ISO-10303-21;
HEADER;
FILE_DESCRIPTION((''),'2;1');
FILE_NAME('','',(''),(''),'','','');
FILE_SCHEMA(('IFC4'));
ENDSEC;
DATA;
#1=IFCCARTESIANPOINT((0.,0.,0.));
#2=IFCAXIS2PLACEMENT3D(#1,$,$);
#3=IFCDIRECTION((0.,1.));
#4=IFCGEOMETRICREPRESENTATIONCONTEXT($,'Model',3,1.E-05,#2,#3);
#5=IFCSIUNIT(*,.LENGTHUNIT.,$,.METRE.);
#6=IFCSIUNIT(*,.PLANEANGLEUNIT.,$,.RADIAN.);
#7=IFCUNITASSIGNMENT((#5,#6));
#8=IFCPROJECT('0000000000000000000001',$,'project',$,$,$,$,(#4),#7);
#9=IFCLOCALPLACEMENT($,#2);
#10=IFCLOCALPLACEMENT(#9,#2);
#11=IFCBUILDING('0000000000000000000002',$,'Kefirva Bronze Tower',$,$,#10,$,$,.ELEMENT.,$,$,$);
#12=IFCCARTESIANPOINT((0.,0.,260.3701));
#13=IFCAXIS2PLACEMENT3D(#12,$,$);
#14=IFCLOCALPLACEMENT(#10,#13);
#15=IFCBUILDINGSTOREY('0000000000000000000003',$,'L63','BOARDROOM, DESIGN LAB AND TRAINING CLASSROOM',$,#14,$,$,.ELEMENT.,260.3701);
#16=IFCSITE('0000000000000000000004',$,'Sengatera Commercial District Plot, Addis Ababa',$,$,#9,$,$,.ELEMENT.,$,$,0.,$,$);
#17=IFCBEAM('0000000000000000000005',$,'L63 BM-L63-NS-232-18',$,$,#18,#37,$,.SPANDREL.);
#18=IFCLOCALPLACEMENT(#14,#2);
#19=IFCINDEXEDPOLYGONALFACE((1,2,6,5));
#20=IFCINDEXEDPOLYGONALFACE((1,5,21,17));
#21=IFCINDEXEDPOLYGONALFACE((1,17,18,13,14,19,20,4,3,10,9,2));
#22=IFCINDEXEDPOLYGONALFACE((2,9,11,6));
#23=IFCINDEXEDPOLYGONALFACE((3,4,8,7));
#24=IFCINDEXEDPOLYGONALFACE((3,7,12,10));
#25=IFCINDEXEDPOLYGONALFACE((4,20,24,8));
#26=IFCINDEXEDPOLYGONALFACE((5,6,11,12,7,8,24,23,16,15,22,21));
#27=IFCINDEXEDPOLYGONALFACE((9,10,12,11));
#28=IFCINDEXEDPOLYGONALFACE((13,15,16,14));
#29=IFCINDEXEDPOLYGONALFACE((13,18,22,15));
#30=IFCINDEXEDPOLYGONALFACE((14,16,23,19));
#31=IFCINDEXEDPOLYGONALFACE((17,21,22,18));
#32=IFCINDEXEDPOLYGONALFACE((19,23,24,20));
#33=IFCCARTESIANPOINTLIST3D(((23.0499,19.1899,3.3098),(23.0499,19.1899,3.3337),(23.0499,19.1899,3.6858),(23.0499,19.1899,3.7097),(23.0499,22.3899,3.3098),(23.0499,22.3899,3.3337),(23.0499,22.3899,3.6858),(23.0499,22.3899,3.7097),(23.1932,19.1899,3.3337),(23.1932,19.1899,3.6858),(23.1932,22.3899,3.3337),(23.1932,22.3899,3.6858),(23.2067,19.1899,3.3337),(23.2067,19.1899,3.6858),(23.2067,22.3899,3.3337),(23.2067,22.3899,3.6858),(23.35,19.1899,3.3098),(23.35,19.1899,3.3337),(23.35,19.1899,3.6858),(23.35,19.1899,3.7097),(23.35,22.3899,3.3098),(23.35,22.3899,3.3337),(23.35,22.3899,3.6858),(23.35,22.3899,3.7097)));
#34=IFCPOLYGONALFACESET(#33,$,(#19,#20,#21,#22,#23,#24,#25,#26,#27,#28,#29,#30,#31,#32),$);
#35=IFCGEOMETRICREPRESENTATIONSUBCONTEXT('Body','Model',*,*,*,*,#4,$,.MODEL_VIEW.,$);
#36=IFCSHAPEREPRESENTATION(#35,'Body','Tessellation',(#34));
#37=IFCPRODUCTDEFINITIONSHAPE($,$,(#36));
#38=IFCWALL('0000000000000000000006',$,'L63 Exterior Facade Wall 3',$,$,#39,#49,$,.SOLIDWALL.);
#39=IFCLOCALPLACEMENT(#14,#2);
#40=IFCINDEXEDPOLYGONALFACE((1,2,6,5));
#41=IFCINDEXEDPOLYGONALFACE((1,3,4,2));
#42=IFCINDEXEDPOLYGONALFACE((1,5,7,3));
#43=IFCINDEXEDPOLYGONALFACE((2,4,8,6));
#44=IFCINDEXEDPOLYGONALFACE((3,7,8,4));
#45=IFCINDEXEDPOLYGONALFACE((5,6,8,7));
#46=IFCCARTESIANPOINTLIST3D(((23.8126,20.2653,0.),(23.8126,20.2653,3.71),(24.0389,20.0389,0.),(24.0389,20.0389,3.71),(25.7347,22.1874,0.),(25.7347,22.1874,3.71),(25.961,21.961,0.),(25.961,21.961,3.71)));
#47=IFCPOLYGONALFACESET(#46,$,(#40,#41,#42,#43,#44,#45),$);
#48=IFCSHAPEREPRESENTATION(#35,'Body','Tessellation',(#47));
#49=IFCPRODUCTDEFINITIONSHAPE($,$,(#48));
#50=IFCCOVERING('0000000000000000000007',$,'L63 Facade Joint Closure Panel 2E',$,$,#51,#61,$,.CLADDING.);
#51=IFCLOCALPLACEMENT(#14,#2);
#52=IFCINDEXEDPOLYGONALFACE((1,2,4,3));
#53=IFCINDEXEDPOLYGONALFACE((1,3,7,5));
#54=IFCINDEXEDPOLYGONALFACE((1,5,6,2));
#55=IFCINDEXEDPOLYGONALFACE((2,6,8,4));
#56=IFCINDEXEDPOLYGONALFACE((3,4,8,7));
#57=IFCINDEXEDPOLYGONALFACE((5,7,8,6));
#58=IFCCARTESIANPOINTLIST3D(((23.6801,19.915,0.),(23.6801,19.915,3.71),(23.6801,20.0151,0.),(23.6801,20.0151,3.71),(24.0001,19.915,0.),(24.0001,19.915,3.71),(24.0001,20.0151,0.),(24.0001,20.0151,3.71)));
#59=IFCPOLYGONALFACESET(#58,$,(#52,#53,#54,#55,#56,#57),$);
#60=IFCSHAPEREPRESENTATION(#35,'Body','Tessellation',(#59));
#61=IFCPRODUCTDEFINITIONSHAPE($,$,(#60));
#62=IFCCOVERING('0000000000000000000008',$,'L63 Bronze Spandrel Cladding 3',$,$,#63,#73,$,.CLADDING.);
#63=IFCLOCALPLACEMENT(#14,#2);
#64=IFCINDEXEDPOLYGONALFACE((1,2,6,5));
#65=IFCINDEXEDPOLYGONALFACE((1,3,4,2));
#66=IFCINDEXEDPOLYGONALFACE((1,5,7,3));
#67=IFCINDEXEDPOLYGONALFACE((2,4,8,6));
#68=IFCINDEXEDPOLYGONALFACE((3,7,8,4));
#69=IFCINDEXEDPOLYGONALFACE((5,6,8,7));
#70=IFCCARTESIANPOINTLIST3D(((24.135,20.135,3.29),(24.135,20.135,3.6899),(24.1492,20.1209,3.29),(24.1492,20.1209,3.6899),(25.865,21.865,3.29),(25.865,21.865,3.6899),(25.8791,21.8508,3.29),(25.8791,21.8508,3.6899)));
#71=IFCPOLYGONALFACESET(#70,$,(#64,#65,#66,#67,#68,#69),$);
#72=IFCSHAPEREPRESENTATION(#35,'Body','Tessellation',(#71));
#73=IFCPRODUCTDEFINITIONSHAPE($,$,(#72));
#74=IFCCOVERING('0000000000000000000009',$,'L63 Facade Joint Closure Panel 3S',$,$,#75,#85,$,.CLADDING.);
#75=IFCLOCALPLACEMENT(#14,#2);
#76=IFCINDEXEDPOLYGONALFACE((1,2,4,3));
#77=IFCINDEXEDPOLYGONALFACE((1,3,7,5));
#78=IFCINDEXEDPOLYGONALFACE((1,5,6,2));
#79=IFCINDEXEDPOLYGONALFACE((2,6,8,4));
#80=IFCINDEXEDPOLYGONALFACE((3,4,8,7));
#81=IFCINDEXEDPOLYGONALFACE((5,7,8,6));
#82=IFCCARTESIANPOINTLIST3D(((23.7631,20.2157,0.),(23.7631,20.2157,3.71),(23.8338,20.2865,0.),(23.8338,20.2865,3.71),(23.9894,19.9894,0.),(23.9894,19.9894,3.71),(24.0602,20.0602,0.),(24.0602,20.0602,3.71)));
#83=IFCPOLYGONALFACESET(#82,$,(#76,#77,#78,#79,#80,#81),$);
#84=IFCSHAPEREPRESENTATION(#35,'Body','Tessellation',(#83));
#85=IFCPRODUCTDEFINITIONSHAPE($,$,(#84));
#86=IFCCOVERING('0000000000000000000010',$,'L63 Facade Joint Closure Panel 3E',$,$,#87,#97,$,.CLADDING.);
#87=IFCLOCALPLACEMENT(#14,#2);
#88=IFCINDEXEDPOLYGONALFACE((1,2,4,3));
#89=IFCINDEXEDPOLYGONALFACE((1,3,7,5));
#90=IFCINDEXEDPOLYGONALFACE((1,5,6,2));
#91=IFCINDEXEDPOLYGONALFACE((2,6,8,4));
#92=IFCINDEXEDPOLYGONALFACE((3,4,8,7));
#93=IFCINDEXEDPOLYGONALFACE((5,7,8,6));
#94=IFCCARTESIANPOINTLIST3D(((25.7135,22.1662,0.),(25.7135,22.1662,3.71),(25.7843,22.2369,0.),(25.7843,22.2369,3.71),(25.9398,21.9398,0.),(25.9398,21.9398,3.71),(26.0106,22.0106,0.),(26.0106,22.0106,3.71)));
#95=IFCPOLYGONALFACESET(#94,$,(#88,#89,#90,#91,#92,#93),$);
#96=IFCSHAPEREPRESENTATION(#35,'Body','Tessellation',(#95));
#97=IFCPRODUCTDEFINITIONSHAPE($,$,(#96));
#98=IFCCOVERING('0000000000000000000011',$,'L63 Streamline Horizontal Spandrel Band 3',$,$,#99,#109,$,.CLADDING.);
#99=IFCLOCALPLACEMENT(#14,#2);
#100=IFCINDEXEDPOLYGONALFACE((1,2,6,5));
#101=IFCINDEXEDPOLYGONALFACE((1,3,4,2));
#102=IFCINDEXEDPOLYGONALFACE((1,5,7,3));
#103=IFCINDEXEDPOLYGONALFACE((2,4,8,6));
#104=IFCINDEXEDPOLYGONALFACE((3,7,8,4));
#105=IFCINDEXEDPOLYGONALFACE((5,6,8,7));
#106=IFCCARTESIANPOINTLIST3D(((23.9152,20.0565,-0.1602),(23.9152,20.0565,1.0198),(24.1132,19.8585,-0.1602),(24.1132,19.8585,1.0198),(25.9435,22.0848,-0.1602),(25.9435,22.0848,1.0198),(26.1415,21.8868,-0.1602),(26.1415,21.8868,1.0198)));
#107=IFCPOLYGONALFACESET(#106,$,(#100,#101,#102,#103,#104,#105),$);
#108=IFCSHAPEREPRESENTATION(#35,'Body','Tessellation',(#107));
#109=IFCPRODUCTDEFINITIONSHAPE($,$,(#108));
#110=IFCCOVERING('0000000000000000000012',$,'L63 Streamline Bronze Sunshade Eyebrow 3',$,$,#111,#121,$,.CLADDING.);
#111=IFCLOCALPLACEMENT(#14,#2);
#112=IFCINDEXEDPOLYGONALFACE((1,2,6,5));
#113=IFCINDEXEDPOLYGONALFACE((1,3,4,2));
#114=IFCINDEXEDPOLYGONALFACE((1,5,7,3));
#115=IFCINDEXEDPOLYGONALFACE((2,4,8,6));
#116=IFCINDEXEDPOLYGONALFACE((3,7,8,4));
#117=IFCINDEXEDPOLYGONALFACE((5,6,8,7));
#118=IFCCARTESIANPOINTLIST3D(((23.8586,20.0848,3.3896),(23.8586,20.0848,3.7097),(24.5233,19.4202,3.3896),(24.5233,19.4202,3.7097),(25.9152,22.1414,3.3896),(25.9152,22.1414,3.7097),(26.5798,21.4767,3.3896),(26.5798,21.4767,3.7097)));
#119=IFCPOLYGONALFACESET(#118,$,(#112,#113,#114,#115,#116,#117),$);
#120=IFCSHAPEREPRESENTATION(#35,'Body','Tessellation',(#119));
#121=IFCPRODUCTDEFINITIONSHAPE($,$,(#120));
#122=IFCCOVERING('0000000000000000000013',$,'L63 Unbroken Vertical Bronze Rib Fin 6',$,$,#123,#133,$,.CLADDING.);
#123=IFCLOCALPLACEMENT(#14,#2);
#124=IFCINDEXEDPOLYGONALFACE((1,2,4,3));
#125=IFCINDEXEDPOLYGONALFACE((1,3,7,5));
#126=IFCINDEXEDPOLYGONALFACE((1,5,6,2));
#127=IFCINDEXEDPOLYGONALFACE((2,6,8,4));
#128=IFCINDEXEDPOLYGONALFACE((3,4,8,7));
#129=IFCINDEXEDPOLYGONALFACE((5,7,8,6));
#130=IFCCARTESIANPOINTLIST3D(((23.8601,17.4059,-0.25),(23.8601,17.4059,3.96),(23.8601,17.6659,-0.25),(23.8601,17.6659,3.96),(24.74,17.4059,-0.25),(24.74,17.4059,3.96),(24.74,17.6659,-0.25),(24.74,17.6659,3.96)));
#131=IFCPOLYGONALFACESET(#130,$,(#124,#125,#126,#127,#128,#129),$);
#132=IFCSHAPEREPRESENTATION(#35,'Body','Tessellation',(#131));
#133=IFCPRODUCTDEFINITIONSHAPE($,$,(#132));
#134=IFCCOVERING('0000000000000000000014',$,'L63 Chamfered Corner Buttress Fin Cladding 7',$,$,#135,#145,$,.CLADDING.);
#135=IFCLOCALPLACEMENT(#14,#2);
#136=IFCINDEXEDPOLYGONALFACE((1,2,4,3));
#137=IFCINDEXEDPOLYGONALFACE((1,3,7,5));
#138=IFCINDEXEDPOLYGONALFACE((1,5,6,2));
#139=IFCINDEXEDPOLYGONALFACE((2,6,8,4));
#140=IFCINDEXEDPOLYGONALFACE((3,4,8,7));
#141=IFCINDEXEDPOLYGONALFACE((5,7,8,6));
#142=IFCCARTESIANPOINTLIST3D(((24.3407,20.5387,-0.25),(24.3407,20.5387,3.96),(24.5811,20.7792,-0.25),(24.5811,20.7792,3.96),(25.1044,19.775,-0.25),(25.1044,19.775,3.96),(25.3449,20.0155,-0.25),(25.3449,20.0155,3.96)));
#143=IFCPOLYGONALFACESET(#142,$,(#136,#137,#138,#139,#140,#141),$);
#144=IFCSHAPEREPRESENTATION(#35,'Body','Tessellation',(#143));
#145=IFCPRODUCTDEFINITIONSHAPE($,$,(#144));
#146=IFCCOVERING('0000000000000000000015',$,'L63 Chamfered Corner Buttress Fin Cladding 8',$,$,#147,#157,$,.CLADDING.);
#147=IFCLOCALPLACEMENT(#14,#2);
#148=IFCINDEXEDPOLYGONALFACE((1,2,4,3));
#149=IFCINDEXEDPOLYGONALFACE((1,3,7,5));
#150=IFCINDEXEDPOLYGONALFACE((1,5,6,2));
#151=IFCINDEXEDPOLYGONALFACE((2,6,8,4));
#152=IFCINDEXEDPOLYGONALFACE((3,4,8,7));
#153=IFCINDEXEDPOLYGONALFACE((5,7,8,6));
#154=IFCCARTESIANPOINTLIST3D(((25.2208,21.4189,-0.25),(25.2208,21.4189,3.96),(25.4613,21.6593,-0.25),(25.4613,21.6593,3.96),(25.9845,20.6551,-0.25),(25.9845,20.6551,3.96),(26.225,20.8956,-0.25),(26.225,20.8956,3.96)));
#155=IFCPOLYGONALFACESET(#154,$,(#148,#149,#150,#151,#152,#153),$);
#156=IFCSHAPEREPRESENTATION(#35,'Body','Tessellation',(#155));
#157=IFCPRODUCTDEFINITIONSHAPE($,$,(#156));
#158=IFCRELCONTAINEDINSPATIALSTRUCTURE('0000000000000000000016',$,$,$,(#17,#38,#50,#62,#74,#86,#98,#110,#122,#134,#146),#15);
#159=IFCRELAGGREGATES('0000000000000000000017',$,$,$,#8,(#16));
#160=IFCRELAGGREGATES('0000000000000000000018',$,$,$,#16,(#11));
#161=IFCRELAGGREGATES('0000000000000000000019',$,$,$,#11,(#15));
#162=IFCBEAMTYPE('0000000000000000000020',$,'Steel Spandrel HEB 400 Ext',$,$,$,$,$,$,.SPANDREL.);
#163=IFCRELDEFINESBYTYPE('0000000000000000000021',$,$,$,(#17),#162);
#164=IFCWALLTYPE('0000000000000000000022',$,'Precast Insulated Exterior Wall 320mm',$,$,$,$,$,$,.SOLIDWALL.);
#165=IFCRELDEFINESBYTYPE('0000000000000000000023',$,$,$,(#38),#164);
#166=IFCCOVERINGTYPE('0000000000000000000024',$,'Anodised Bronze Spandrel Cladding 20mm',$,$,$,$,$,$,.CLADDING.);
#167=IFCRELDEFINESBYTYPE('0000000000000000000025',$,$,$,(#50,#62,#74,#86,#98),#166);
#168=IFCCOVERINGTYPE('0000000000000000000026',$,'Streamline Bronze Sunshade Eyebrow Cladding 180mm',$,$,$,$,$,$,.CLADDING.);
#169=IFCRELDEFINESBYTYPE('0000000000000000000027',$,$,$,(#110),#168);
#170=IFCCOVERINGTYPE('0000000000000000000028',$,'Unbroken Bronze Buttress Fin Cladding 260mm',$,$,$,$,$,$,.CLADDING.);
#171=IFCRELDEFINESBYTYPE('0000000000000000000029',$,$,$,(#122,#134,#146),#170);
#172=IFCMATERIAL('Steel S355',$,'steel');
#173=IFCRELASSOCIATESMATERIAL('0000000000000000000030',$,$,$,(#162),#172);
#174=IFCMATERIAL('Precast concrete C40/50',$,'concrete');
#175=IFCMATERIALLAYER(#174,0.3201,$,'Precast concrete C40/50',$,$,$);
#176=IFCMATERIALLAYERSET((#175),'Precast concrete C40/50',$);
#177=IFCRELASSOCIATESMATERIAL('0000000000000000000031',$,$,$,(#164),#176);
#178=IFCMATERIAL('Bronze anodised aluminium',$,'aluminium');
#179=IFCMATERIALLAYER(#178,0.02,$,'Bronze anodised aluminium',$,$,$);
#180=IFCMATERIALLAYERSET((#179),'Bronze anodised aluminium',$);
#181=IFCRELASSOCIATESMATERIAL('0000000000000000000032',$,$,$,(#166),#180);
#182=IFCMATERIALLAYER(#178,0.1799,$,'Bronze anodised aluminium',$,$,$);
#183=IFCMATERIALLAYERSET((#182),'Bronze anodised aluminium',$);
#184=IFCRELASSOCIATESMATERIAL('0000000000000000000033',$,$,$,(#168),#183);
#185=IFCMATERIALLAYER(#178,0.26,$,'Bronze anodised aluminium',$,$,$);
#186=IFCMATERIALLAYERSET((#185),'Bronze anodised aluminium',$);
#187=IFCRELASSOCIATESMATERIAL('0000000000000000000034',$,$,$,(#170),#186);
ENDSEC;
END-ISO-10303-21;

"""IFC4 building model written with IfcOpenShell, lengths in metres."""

from ifc_helpers import new_model, si_unit, direction, frame, frame_2d, origin, origin_2d, place, context, subcontext, project, spatial, rectangle, i_section, extrude, material, layer, layer_set, material_profile, profile_set, type_object, element, save


model = new_model("IFC4")

# Units and contexts
model_context = context("Model", 3, precision=1e-05, world=origin(), true_north=direction((0.0, 1.0)))
body_context = subcontext(model_context, "Body", "Model", "MODEL_VIEW")
ifc_project = project(units=[si_unit("LENGTHUNIT", "METRE"), si_unit("PLANEANGLEUNIT", "RADIAN")], contexts=[model_context])

# Site, building, storey
site_placement = place(None, origin())
site = spatial("IfcSite", under=ifc_project, at=site_placement, Name="Sengatera Commercial District Plot, Addis Ababa", CompositionType="ELEMENT", RefElevation=0.0)
building_placement = place(site_placement, origin())
building = spatial("IfcBuilding", under=site, at=building_placement, Name="Kefirva Bronze Tower", CompositionType="ELEMENT")
storey_placement = place(building_placement, frame((0.0, 0.0, 260.3701)))
storey = spatial("IfcBuildingStorey", under=building, at=storey_placement, Name="L63", Description="BOARDROOM, DESIGN LAB AND TRAINING CLASSROOM", CompositionType="ELEMENT", Elevation=260.3701)

# Shared definitions
ifc_material_1 = material(Name="Bronze anodised aluminium", Category="aluminium")

# Beam
ifc_material_2 = material(Name="Steel S355", Category="steel")
ifc_material_profile_1 = material_profile(ifc_material_2, i_section(OverallWidth=0.3, OverallDepth=0.3999, WebThickness=0.0134, FlangeThickness=0.0239, at=origin_2d()), Name="HEB 400")
ifc_profile_set_1 = profile_set([ifc_material_profile_1], Name="Steel S355")
beam_type_1 = type_object("IfcBeamType", Name="Steel Spandrel HEB 400 Ext", PredefinedType="SPANDREL", material=ifc_profile_set_1)
beam_1_placement = place(storey_placement, frame((23.2, 19.1899, 3.5098), z_axis=(0.0, 1.0, 0.0), x_axis=(-1.0, 0.0, 0.0)))
element("IfcBeam", 1, at=beam_1_placement, inside=storey, type_object=beam_type_1, Name="L63 BM-L63-NS-232-18", PredefinedType="SPANDREL", context=body_context, shape_type="SweptSolid", body=[
    extrude(i_section(OverallWidth=0.3, OverallDepth=0.3999, WebThickness=0.0134, FlangeThickness=0.0239, at=origin_2d()), origin(), (0.0, 0.0, 1.0), 3.2),
])

# Wall
ifc_material_3 = material(Name="Precast concrete C40/50", Category="concrete")
ifc_layer_1 = layer(ifc_material_3, 0.3201, Name="Precast concrete C40/50")
ifc_layer_set_1 = layer_set([ifc_layer_1], Name="Precast concrete C40/50")
wall_type = type_object("IfcWallType", Name="Precast Insulated Exterior Wall 320mm", PredefinedType="SOLIDWALL", material=ifc_layer_set_1)
wall_placement = place(storey_placement, frame((23.9258, 20.1521, 0.0), z_axis=(0.0, 0.0, 1.0), x_axis=(0.707107, 0.707107, 0.0)))
element("IfcWall", 2, at=wall_placement, inside=storey, type_object=wall_type, Name="L63 Exterior Facade Wall 3", PredefinedType="SOLIDWALL", context=body_context, shape_type="SweptSolid", body=[
    extrude(rectangle(XDim=2.7183, YDim=0.3201, at=frame_2d((1.3591, 0.0))), origin(), (0.0, 0.0, 1.0), 3.71),
])

# Coverings
ifc_layer_2 = layer(ifc_material_1, 0.02, Name="Bronze anodised aluminium")
ifc_layer_set_2 = layer_set([ifc_layer_2], Name="Bronze anodised aluminium")
covering_type_1 = type_object("IfcCoveringType", Name="Anodised Bronze Spandrel Cladding 20mm", PredefinedType="CLADDING", material=ifc_layer_set_2)
covering_1_placement = place(storey_placement, frame((23.8401, 19.9651, 0.0), z_axis=(0.0, 0.0, 1.0), x_axis=(0.0, 1.0, 0.0)))
element("IfcCovering", 3, at=covering_1_placement, inside=storey, type_object=covering_type_1, Name="L63 Facade Joint Closure Panel 2E", PredefinedType="CLADDING", context=body_context, shape_type="SweptSolid", body=[
    extrude(rectangle(XDim=0.1001, YDim=0.3201, at=origin_2d()), origin(), (0.0, 0.0, 1.0), 3.71),
])
covering_2_placement = place(storey_placement, frame((25.0071, 20.9929, 3.29), z_axis=(0.0, 0.0, 1.0), x_axis=(0.707107, 0.707107, 0.0)))
element("IfcCovering", 4, at=covering_2_placement, inside=storey, type_object=covering_type_1, Name="L63 Bronze Spandrel Cladding 3", PredefinedType="CLADDING", context=body_context, shape_type="SweptSolid", body=[
    extrude(rectangle(XDim=2.4465, YDim=0.02, at=origin_2d()), origin(), (0.0, 0.0, 1.0), 0.3999),
])
for number, where, z_axis, x_axis, name in (
    (5, (23.9116, 20.1379, 0.0), (0.0, 0.0, 1.0), (0.707107, 0.707107, 0.0), "L63 Facade Joint Closure Panel 3S"),
    (6, (25.8621, 22.0884, 0.0), (0.0, 0.0, 1.0), (0.707107, 0.707107, 0.0), "L63 Facade Joint Closure Panel 3E"),
):
    element("IfcCovering", number, at=place(storey_placement, frame(where, z_axis=z_axis, x_axis=x_axis)), inside=storey, type_object=covering_type_1, Name=name, PredefinedType="CLADDING", context=body_context, shape_type="SweptSolid", body=[
        extrude(rectangle(XDim=0.1001, YDim=0.3201, at=origin_2d()), origin(), (0.0, 0.0, 1.0), 3.71),
    ])
covering_3_placement = place(storey_placement, frame((25.0283, 20.9717, -0.1602), z_axis=(0.0, 0.0, 1.0), x_axis=(0.707107, 0.707107, 0.0)))
element("IfcCovering", 7, at=covering_3_placement, inside=storey, type_object=covering_type_1, Name="L63 Streamline Horizontal Spandrel Band 3", PredefinedType="CLADDING", context=body_context, shape_type="SweptSolid", body=[
    extrude(rectangle(XDim=2.8684, YDim=0.28, at=origin_2d()), origin(), (0.0, 0.0, 1.0), 1.1799),
])
ifc_layer_3 = layer(ifc_material_1, 0.1799, Name="Bronze anodised aluminium")
ifc_layer_set_3 = layer_set([ifc_layer_3], Name="Bronze anodised aluminium")
covering_type_2 = type_object("IfcCoveringType", Name="Streamline Bronze Sunshade Eyebrow Cladding 180mm", PredefinedType="CLADDING", material=ifc_layer_set_3)
covering_4_placement = place(storey_placement, frame((25.2192, 20.7808, 3.3896), z_axis=(0.0, 0.0, 1.0), x_axis=(0.707107, 0.707107, 0.0)))
element("IfcCovering", 8, at=covering_4_placement, inside=storey, type_object=covering_type_2, Name="L63 Streamline Bronze Sunshade Eyebrow 3", PredefinedType="CLADDING", context=body_context, shape_type="SweptSolid", body=[
    extrude(rectangle(XDim=2.9084, YDim=0.9399, at=origin_2d()), origin(), (0.0, 0.0, 1.0), 0.3201),
])
ifc_layer_4 = layer(ifc_material_1, 0.26, Name="Bronze anodised aluminium")
ifc_layer_set_4 = layer_set([ifc_layer_4], Name="Bronze anodised aluminium")
covering_type_3 = type_object("IfcCoveringType", Name="Unbroken Bronze Buttress Fin Cladding 260mm", PredefinedType="CLADDING", material=ifc_layer_set_4)
covering_5_placement = place(storey_placement, frame((24.3, 17.5359, -0.25), z_axis=(0.0, 0.0, 1.0), x_axis=(0.0, 1.0, 0.0)))
element("IfcCovering", 9, at=covering_5_placement, inside=storey, type_object=covering_type_3, Name="L63 Unbroken Vertical Bronze Rib Fin 6", PredefinedType="CLADDING", context=body_context, shape_type="SweptSolid", body=[
    extrude(rectangle(XDim=0.26, YDim=0.8799, at=origin_2d()), origin(), (0.0, 0.0, 1.0), 4.21),
])
for number, where, z_axis, x_axis, name in (
    (10, (24.8428, 20.2771, -0.25), (0.0, 0.0, 1.0), (0.707107, 0.707107, 0.0), "L63 Chamfered Corner Buttress Fin Cladding 7"),
    (11, (25.7229, 21.1572, -0.25), (0.0, 0.0, 1.0), (0.707107, 0.707107, 0.0), "L63 Chamfered Corner Buttress Fin Cladding 8"),
):
    element("IfcCovering", number, at=place(storey_placement, frame(where, z_axis=z_axis, x_axis=x_axis)), inside=storey, type_object=covering_type_3, Name=name, PredefinedType="CLADDING", context=body_context, shape_type="SweptSolid", body=[
        extrude(rectangle(XDim=0.3401, YDim=1.0801, at=origin_2d()), origin(), (0.0, 0.0, 1.0), 4.21),
    ])

save(model, "model.ifc")
